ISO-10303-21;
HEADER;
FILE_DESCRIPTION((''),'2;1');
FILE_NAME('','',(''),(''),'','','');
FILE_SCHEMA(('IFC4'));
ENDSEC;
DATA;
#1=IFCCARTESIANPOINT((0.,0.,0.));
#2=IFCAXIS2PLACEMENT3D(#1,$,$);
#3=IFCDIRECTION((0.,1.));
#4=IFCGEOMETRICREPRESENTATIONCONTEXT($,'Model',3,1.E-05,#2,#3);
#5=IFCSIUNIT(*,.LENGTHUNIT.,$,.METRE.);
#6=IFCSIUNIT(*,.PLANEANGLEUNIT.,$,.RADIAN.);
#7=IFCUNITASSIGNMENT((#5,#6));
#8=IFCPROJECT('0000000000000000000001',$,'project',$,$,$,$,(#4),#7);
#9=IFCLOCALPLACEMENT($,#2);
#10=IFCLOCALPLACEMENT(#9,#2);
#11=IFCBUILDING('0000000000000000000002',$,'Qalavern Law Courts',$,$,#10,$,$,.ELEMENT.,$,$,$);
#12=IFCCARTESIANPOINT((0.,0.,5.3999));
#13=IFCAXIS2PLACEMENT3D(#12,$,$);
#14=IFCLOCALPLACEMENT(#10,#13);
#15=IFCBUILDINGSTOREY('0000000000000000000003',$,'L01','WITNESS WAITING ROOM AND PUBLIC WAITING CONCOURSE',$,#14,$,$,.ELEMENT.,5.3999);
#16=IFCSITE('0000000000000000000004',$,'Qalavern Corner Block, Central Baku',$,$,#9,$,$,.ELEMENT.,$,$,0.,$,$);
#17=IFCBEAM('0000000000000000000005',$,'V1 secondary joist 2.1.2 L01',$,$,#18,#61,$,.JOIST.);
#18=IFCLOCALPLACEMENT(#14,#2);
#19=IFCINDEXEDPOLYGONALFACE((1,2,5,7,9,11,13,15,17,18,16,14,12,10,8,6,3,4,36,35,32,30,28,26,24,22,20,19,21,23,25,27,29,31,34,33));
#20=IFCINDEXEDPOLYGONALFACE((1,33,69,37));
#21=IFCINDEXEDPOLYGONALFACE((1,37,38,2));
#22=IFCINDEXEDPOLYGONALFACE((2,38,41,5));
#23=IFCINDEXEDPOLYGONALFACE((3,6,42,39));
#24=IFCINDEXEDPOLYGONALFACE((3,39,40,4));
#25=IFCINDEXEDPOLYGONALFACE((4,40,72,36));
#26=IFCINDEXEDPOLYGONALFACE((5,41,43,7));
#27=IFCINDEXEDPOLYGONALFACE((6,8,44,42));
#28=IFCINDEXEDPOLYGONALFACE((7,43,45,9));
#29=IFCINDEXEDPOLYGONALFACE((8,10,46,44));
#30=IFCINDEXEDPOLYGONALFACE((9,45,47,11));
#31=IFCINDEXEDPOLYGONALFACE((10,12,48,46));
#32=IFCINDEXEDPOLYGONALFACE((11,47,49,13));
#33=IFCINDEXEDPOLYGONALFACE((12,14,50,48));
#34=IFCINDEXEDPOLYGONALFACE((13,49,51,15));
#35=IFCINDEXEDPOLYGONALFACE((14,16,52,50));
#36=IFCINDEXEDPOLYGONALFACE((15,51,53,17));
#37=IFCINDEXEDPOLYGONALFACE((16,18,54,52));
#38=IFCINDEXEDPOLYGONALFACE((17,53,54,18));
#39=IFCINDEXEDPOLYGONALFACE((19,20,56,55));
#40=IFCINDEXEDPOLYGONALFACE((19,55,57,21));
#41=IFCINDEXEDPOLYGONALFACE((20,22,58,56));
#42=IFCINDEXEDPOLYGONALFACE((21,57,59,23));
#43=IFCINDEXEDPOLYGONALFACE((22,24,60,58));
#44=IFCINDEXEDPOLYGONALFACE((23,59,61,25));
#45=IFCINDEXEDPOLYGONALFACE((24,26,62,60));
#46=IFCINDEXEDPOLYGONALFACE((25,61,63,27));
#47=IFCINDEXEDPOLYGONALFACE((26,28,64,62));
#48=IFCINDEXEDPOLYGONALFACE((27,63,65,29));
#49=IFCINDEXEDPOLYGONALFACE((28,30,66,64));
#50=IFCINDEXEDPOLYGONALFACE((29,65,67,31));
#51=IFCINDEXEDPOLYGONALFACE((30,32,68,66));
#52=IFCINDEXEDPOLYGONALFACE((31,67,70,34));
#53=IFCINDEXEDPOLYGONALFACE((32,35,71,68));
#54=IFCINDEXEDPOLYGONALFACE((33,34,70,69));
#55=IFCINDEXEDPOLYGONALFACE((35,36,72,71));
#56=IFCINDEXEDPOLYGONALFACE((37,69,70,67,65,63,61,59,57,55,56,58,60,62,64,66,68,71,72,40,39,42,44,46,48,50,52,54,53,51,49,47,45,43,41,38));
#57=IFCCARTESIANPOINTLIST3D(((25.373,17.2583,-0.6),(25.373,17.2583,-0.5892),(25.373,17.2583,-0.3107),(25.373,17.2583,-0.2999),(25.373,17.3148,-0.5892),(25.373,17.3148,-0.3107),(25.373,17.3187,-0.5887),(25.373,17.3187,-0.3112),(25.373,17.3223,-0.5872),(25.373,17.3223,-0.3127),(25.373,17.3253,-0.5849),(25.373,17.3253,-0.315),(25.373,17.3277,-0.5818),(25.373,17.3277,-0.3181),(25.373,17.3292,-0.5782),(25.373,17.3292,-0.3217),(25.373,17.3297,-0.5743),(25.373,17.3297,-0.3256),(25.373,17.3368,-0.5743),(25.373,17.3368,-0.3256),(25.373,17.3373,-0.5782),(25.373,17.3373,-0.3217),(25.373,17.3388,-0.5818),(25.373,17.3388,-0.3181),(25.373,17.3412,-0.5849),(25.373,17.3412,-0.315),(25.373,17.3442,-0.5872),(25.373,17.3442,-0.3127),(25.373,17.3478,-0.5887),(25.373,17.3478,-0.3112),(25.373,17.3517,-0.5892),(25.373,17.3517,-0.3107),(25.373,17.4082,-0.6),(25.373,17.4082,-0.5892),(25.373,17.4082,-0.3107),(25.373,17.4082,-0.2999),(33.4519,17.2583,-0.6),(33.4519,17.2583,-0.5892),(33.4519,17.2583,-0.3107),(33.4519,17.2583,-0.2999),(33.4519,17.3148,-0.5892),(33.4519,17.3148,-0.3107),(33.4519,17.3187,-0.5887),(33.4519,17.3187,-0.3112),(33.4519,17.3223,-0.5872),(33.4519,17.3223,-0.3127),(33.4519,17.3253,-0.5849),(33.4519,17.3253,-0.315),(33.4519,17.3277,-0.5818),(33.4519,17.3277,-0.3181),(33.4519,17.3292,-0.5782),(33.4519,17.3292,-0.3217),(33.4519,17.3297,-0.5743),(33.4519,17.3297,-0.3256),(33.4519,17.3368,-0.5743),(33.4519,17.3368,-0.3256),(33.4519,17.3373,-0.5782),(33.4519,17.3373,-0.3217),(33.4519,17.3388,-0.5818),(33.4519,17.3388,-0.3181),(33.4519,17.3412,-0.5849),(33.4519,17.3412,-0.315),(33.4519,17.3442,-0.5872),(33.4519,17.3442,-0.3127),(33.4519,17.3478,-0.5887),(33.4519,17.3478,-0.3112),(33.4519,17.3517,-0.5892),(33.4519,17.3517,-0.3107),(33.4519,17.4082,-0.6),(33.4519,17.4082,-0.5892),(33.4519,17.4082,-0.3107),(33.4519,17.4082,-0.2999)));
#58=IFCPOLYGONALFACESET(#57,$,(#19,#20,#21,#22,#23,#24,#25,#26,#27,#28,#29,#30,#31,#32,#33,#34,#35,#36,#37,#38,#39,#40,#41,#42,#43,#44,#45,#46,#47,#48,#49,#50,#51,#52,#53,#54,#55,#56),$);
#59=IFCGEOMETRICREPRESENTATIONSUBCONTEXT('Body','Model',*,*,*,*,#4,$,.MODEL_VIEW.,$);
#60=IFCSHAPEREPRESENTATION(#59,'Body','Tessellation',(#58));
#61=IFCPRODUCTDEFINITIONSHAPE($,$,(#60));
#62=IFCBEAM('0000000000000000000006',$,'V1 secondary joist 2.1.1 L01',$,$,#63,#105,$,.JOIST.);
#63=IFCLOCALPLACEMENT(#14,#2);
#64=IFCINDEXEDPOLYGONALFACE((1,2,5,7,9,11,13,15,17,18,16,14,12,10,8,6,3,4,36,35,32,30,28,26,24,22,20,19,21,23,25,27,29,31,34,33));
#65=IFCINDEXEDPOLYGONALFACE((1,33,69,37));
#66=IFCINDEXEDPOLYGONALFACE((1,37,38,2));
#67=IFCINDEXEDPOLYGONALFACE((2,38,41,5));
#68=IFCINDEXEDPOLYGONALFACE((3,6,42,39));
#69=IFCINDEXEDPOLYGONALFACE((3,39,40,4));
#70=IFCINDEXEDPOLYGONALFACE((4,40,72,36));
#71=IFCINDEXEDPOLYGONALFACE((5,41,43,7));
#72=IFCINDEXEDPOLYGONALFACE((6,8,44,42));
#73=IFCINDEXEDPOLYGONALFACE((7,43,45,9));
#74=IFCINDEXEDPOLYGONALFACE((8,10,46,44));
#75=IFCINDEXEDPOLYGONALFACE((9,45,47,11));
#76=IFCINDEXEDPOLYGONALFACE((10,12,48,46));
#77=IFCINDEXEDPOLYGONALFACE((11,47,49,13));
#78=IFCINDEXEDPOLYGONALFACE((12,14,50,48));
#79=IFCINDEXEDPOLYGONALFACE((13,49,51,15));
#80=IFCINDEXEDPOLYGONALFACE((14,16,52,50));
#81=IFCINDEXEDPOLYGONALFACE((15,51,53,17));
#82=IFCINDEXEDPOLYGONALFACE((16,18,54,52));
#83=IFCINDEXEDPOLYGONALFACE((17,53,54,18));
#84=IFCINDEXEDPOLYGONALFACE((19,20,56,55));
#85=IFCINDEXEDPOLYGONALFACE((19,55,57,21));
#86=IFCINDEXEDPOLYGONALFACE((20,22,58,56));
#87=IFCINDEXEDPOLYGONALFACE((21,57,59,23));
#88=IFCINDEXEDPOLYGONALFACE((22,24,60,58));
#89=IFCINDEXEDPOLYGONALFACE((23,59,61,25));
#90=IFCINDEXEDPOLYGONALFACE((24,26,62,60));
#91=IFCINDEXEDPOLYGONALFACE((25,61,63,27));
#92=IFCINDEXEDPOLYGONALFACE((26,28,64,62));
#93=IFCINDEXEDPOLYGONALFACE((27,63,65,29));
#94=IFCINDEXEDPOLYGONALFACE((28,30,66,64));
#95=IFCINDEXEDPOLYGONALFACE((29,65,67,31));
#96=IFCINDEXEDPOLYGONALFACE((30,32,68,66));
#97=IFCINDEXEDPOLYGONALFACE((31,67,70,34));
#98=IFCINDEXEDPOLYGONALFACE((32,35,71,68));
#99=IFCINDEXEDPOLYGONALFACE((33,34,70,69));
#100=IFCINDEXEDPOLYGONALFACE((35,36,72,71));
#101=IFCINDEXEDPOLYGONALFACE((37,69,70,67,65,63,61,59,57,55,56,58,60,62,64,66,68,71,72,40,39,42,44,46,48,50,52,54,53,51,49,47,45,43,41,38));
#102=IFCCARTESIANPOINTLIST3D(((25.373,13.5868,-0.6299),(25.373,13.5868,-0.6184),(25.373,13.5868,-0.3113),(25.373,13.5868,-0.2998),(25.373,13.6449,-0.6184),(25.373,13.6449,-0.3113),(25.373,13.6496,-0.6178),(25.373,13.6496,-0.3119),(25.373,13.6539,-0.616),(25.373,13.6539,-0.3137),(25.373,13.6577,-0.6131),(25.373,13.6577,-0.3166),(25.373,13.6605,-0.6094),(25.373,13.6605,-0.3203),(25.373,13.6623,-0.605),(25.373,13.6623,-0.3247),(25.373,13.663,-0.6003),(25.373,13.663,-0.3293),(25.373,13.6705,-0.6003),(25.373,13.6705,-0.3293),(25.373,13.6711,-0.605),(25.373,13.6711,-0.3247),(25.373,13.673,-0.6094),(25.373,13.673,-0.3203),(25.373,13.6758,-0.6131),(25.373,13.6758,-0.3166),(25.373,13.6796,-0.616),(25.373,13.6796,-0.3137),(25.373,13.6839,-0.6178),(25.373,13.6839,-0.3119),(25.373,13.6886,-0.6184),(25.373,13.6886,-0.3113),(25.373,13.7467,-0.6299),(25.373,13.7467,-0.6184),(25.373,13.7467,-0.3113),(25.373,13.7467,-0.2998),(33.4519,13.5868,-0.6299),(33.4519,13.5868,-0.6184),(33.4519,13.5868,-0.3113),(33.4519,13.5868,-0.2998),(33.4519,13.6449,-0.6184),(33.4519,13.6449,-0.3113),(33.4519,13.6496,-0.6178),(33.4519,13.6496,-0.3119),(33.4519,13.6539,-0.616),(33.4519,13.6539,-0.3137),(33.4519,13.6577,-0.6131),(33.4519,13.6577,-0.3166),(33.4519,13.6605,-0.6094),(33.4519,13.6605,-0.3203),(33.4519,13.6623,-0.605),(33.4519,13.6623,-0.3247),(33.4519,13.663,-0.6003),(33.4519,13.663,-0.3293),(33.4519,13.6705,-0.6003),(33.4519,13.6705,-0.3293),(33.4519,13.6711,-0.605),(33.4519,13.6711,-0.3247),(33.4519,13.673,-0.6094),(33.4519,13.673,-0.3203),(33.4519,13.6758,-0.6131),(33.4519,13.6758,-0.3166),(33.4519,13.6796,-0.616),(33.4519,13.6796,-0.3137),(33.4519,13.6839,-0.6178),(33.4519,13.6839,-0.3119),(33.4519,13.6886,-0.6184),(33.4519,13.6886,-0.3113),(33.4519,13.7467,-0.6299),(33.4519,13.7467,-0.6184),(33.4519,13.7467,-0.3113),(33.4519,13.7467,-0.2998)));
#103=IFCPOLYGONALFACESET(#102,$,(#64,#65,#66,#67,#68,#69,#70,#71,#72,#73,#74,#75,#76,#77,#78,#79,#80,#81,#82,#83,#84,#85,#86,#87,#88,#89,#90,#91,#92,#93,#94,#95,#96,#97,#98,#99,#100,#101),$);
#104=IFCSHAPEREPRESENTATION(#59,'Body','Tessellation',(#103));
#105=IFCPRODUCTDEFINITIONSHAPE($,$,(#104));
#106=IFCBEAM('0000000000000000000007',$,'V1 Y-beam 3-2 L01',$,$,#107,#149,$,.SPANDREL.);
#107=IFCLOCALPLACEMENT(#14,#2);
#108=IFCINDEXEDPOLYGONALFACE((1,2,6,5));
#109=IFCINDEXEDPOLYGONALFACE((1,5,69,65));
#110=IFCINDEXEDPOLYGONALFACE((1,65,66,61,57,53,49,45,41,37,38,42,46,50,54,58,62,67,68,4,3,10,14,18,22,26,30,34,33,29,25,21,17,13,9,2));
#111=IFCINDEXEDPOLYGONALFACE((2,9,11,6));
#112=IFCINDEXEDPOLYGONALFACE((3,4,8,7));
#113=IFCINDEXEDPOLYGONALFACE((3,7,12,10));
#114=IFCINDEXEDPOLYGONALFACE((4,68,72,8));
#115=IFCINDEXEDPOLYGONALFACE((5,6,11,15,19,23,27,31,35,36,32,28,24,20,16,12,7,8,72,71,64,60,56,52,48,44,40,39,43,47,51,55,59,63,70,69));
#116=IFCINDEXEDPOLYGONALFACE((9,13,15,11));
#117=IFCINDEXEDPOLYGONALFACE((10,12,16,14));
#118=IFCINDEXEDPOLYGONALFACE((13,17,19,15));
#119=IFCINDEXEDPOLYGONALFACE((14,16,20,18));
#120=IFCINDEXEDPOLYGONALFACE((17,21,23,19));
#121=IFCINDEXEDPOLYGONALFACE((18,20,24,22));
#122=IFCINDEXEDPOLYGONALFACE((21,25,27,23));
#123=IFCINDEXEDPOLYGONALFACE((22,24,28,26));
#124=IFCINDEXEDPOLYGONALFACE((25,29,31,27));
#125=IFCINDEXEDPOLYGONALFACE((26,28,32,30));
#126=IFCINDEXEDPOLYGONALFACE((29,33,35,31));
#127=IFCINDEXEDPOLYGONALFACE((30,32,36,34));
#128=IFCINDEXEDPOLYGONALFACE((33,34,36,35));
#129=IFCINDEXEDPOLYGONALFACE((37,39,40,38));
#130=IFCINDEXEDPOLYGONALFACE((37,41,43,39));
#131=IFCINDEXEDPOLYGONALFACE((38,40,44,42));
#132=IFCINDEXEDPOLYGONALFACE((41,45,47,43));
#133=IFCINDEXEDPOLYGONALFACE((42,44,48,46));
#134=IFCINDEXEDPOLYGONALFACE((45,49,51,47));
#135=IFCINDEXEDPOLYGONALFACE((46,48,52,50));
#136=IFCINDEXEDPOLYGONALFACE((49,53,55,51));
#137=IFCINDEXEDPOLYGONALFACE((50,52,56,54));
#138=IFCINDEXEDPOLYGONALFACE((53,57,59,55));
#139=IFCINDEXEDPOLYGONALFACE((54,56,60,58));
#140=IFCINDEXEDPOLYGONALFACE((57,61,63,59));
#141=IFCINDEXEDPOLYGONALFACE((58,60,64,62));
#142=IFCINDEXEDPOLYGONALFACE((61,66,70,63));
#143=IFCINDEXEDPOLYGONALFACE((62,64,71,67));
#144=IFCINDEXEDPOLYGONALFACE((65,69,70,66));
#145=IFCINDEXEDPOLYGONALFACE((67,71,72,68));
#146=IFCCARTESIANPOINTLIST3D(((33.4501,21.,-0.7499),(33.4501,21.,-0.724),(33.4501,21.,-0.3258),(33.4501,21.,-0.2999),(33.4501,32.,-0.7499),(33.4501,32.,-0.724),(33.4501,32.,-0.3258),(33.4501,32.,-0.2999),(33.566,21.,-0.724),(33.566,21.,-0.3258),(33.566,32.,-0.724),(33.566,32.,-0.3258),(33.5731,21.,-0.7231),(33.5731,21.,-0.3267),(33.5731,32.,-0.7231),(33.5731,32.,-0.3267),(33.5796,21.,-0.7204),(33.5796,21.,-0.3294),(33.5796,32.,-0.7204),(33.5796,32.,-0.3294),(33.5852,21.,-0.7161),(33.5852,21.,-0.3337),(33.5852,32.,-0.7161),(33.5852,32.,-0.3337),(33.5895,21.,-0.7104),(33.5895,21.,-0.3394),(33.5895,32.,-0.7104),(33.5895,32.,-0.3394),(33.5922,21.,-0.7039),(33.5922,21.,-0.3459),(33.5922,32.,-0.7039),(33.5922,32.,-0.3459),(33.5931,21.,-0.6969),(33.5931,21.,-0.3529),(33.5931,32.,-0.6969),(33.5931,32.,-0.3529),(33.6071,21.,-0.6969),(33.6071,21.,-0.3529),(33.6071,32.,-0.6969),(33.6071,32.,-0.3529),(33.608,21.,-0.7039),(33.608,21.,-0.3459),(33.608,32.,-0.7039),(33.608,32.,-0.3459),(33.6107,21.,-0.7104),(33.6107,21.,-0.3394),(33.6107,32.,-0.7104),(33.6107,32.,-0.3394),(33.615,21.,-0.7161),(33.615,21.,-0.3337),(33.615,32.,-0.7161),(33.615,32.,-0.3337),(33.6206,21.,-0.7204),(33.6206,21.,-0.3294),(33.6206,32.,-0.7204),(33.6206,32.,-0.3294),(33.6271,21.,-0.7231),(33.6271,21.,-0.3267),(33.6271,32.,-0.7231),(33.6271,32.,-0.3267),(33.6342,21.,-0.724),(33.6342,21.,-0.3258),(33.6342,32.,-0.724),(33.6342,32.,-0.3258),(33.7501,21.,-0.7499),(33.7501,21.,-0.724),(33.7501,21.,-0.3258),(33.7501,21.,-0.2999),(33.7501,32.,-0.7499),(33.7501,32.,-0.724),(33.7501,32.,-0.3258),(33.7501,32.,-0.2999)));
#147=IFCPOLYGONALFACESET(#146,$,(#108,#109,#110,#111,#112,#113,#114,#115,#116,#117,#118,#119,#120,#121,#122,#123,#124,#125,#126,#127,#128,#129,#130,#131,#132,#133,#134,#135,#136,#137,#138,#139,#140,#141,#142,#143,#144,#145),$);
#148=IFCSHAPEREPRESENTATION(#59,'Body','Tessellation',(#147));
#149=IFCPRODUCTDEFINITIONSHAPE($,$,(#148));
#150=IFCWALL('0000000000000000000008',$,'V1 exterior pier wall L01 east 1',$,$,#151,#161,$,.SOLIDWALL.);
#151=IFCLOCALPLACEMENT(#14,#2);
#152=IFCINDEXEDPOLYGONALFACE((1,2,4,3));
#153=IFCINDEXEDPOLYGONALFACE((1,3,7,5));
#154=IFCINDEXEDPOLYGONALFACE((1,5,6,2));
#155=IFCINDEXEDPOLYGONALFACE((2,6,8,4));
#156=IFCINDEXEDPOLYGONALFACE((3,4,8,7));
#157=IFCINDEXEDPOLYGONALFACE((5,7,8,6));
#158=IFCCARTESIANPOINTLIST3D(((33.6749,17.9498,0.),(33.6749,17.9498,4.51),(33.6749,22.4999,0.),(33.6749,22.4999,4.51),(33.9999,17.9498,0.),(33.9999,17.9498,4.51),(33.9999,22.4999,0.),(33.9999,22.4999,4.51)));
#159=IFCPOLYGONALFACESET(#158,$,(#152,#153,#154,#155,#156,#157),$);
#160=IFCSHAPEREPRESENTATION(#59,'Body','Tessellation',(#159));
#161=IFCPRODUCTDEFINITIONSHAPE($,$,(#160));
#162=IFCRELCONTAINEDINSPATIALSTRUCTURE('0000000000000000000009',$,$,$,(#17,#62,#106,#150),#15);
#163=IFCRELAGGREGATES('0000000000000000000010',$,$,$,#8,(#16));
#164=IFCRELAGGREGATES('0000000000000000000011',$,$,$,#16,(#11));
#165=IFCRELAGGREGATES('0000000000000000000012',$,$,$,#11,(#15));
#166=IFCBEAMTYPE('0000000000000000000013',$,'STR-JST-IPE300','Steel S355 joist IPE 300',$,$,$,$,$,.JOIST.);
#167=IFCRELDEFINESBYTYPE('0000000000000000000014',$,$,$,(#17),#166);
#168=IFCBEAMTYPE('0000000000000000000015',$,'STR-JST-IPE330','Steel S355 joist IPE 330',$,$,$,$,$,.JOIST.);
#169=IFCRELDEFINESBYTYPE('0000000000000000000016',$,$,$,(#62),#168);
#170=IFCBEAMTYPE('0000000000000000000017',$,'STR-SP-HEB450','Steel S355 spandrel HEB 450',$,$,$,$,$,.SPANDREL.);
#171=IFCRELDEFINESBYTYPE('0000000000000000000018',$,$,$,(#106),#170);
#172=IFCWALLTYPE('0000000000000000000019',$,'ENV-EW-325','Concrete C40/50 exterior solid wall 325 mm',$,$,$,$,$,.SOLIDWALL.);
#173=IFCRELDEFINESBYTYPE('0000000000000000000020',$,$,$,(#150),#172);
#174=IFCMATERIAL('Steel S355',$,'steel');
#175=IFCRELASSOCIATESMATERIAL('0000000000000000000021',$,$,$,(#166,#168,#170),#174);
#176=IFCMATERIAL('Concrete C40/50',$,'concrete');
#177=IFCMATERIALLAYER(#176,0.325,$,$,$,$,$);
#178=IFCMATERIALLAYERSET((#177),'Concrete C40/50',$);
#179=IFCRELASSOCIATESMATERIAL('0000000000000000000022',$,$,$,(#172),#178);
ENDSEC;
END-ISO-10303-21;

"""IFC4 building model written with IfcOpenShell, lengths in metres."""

from ifc_helpers import new_model, si_unit, direction, frame, frame_2d, origin, origin_2d, place, context, subcontext, project, spatial, rectangle, i_section, extrude, material, layer, layer_set, material_profile, profile_set, type_object, element, save


model = new_model("IFC4")

# Units and contexts
model_context = context("Model", 3, precision=1e-05, world=origin(), true_north=direction((0.0, 1.0)))
body_context = subcontext(model_context, "Body", "Model", "MODEL_VIEW")
ifc_project = project(units=[si_unit("LENGTHUNIT", "METRE"), si_unit("PLANEANGLEUNIT", "RADIAN")], contexts=[model_context])

# Site, building, storey
site_placement = place(None, origin())
site = spatial("IfcSite", under=ifc_project, at=site_placement, Name="Qalavern Corner Block, Central Baku", CompositionType="ELEMENT", RefElevation=0.0)
building_placement = place(site_placement, origin())
building = spatial("IfcBuilding", under=site, at=building_placement, Name="Qalavern Law Courts", CompositionType="ELEMENT")
storey_placement = place(building_placement, frame((0.0, 0.0, 5.3999)))
storey = spatial("IfcBuildingStorey", under=building, at=storey_placement, Name="L01", Description="WITNESS WAITING ROOM AND PUBLIC WAITING CONCOURSE", CompositionType="ELEMENT", Elevation=5.3999)

# Beams
ifc_material_1 = material(Name="Steel S355", Category="steel")
ifc_material_profile_1 = material_profile(ifc_material_1, i_section(OverallWidth=0.1499, OverallDepth=0.3, WebThickness=0.0071, FlangeThickness=0.0107, FilletRadius=0.0149, at=origin_2d()), Name="IPE 300")
ifc_profile_set_1 = profile_set([ifc_material_profile_1], Name="Steel S355")
beam_type_1 = type_object("IfcBeamType", Name="STR-JST-IPE300", Description="Steel S355 joist IPE 300", PredefinedType="JOIST", material=ifc_profile_set_1)
beam_1_placement = place(storey_placement, frame((25.373, 17.3333, -0.45), z_axis=(1.0, 0.0, 0.0), x_axis=(0.0, 1.0, 0.0)))
element("IfcBeam", 1, at=beam_1_placement, inside=storey, type_object=beam_type_1, Name="V1 secondary joist 2.1.2 L01", PredefinedType="JOIST", context=body_context, shape_type="SweptSolid", body=[
    extrude(i_section(OverallWidth=0.1499, OverallDepth=0.3, WebThickness=0.0071, FlangeThickness=0.0107, FilletRadius=0.0149, at=origin_2d()), origin(), (0.0, 0.0, 1.0), 8.0789),
])
ifc_material_profile_2 = material_profile(ifc_material_1, i_section(OverallWidth=0.1599, OverallDepth=0.3301, WebThickness=0.0076, FlangeThickness=0.0115, FilletRadius=0.0181, at=origin_2d()), Name="IPE 330")
ifc_profile_set_2 = profile_set([ifc_material_profile_2], Name="Steel S355")
beam_type_2 = type_object("IfcBeamType", Name="STR-JST-IPE330", Description="Steel S355 joist IPE 330", PredefinedType="JOIST", material=ifc_profile_set_2)
beam_2_placement = place(storey_placement, frame((25.373, 13.6667, -0.4648), z_axis=(1.0, 0.0, 0.0), x_axis=(0.0, 1.0, 0.0)))
element("IfcBeam", 2, at=beam_2_placement, inside=storey, type_object=beam_type_2, Name="V1 secondary joist 2.1.1 L01", PredefinedType="JOIST", context=body_context, shape_type="SweptSolid", body=[
    extrude(i_section(OverallWidth=0.1599, OverallDepth=0.3301, WebThickness=0.0076, FlangeThickness=0.0115, FilletRadius=0.0181, at=origin_2d()), origin(), (0.0, 0.0, 1.0), 8.0789),
])
ifc_material_profile_3 = material_profile(ifc_material_1, i_section(OverallWidth=0.3, OverallDepth=0.45, WebThickness=0.0139, FlangeThickness=0.0259, FilletRadius=0.0271, at=origin_2d()), Name="HEB 450")
ifc_profile_set_3 = profile_set([ifc_material_profile_3], Name="Steel S355")
beam_type_3 = type_object("IfcBeamType", Name="STR-SP-HEB450", Description="Steel S355 spandrel HEB 450", PredefinedType="SPANDREL", material=ifc_profile_set_3)
beam_3_placement = place(storey_placement, frame((33.6001, 21.0, -0.5249), z_axis=(0.0, 1.0, 0.0), x_axis=(-1.0, 0.0, 0.0)))
element("IfcBeam", 3, at=beam_3_placement, inside=storey, type_object=beam_type_3, Name="V1 Y-beam 3-2 L01", PredefinedType="SPANDREL", context=body_context, shape_type="SweptSolid", body=[
    extrude(i_section(OverallWidth=0.3, OverallDepth=0.45, WebThickness=0.0139, FlangeThickness=0.0259, FilletRadius=0.0271, at=origin_2d()), origin(), (0.0, 0.0, 1.0), 11.0),
])

# Wall
ifc_material_2 = material(Name="Concrete C40/50", Category="concrete")
ifc_layer_1 = layer(ifc_material_2, 0.325)
ifc_layer_set_1 = layer_set([ifc_layer_1], Name="Concrete C40/50")
wall_type_1 = type_object("IfcWallType", Name="ENV-EW-325", Description="Concrete C40/50 exterior solid wall 325 mm", PredefinedType="SOLIDWALL", material=ifc_layer_set_1)
wall_1_placement = place(storey_placement, frame((33.8374, 17.95, 0.0), z_axis=(0.0, 0.0, 1.0), x_axis=(0.0, 1.0, 0.0)))
element("IfcWall", 4, at=wall_1_placement, inside=storey, type_object=wall_type_1, Name="V1 exterior pier wall L01 east 1", PredefinedType="SOLIDWALL", context=body_context, shape_type="SweptSolid", body=[
    extrude(rectangle(XDim=4.55, YDim=0.325, at=frame_2d((2.2749, 0.0))), origin(), (0.0, 0.0, 1.0), 4.51),
])

save(model, "model.ifc")
